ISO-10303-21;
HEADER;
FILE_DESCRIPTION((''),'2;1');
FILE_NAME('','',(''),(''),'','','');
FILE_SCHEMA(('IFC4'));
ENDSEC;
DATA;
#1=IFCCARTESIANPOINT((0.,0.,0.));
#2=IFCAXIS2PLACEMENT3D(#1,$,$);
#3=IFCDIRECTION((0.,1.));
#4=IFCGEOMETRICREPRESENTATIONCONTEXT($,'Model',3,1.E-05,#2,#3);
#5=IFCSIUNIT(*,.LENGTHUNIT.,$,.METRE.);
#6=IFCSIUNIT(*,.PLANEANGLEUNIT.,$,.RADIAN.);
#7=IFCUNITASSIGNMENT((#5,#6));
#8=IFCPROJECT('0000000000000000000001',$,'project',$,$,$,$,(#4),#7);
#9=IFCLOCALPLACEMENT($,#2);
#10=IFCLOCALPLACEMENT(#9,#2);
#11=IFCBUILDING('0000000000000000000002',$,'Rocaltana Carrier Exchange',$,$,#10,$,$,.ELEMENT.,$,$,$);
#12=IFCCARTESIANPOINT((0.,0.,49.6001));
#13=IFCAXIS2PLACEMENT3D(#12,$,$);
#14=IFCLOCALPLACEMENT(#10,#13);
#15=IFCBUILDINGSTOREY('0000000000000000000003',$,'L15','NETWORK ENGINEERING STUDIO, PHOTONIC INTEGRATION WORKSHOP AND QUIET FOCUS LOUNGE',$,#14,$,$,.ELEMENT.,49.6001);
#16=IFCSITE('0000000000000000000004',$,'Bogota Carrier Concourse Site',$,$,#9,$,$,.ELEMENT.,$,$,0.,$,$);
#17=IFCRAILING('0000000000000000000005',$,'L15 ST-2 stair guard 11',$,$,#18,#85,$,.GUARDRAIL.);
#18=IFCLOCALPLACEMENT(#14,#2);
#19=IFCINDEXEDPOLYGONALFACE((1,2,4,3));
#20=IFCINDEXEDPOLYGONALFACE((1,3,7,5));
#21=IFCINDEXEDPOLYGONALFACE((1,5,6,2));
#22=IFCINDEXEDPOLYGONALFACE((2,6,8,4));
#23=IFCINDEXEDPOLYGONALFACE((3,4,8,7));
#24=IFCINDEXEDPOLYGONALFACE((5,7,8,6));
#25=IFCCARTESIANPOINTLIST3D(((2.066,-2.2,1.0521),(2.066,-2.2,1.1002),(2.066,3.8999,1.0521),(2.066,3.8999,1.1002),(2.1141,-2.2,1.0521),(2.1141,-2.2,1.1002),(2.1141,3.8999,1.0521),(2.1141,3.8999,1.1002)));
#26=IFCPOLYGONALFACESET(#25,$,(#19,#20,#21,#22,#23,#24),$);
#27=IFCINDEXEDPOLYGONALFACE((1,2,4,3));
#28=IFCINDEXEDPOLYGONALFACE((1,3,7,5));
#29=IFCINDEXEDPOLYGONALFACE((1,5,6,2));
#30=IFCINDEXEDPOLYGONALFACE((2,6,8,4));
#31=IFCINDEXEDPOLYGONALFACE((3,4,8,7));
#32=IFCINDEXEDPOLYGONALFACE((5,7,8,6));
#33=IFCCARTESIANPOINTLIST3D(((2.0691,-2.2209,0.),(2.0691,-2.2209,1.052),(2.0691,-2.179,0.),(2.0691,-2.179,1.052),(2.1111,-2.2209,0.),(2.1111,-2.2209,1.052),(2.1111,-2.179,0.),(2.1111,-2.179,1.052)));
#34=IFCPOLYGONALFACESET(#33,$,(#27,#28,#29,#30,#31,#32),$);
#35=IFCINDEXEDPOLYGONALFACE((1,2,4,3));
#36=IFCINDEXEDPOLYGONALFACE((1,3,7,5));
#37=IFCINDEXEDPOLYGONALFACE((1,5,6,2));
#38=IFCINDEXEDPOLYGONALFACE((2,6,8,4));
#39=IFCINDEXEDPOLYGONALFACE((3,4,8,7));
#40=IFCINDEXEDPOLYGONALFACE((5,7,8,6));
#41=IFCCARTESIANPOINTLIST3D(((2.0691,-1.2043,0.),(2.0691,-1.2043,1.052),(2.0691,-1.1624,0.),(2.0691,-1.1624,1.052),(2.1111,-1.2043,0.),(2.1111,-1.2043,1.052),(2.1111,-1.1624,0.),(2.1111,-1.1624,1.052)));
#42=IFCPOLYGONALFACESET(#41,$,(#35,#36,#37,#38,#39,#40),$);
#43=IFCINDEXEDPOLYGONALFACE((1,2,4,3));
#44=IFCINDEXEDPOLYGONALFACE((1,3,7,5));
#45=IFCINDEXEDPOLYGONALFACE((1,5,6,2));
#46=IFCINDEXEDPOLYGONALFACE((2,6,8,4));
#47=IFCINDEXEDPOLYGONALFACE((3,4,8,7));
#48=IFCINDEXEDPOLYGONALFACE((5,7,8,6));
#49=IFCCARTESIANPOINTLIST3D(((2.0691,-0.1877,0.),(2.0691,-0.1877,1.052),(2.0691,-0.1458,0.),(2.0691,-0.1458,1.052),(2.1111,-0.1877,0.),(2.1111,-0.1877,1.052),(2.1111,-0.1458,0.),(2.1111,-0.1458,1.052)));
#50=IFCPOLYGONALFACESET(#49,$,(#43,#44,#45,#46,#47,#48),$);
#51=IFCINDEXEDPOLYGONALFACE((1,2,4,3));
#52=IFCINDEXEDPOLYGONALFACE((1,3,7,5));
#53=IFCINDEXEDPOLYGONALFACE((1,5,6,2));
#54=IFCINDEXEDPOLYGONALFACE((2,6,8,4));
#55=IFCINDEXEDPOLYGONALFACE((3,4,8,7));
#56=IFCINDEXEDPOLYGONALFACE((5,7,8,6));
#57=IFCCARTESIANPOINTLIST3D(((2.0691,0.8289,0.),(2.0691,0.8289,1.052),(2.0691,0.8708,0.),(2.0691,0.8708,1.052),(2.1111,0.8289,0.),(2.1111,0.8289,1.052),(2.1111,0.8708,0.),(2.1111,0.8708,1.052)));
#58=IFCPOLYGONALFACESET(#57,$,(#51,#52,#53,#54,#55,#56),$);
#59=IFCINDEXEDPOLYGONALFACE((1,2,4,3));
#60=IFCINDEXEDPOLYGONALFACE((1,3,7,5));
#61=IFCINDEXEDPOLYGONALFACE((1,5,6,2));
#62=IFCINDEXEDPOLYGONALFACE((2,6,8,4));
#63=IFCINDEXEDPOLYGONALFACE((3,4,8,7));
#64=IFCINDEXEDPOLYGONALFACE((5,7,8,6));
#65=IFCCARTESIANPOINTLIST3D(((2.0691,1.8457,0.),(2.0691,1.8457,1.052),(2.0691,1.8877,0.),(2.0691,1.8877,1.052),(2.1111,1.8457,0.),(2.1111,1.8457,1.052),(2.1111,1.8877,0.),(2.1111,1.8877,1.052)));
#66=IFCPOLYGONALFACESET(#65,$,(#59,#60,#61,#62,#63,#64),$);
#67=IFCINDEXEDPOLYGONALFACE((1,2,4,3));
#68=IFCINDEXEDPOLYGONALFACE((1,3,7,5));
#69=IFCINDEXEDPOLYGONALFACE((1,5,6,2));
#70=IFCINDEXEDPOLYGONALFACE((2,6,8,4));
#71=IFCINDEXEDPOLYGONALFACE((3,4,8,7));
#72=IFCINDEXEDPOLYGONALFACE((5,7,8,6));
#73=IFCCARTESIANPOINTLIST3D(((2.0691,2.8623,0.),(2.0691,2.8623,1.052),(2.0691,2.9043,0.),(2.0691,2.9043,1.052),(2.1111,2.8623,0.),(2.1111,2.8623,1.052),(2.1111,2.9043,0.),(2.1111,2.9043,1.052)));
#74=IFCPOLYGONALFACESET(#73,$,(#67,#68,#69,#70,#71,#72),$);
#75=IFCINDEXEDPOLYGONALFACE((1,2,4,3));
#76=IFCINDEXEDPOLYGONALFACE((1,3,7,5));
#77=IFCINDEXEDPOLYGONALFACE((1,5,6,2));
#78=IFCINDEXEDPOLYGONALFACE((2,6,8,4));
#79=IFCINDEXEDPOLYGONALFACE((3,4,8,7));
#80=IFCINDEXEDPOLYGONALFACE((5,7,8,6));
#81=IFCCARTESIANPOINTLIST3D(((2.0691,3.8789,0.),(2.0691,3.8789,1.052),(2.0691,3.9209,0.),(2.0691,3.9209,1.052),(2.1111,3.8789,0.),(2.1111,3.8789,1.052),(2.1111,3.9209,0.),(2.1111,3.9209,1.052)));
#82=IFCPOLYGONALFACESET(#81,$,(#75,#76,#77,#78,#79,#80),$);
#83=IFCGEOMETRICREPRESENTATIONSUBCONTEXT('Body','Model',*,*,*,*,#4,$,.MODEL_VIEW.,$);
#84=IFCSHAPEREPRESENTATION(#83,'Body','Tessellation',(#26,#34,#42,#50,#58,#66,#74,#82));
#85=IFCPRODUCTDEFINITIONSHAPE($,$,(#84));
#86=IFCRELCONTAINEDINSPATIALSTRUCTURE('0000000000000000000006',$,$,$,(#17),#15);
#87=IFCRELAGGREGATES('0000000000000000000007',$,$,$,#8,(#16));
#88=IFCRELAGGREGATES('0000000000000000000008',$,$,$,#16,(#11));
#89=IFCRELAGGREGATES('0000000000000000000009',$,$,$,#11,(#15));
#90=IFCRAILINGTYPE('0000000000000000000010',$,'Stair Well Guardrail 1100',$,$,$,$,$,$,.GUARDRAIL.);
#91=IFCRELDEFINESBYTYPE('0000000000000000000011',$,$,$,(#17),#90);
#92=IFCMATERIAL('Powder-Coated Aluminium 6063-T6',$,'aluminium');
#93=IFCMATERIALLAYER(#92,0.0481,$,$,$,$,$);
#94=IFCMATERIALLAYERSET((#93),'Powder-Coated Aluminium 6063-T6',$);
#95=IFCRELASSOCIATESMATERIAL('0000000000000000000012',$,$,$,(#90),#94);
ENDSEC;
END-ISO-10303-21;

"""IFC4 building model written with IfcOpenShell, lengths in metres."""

from ifc_helpers import new_model, si_unit, direction, frame, origin, origin_2d, place, context, subcontext, project, spatial, rectangle, extrude, material, layer, layer_set, type_object, element, save


model = new_model("IFC4")

# Units and contexts
model_context = context("Model", 3, precision=1e-05, world=origin(), true_north=direction((0.0, 1.0)))
body_context = subcontext(model_context, "Body", "Model", "MODEL_VIEW")
ifc_project = project(units=[si_unit("LENGTHUNIT", "METRE"), si_unit("PLANEANGLEUNIT", "RADIAN")], contexts=[model_context])

# Site, building, storey
site_placement = place(None, origin())
site = spatial("IfcSite", under=ifc_project, at=site_placement, Name="Bogota Carrier Concourse Site", CompositionType="ELEMENT", RefElevation=0.0)
building_placement = place(site_placement, origin())
building = spatial("IfcBuilding", under=site, at=building_placement, Name="Rocaltana Carrier Exchange", CompositionType="ELEMENT")
storey_placement = place(building_placement, frame((0.0, 0.0, 49.6001)))
storey = spatial("IfcBuildingStorey", under=building, at=storey_placement, Name="L15", Description="NETWORK ENGINEERING STUDIO, PHOTONIC INTEGRATION WORKSHOP AND QUIET FOCUS LOUNGE", CompositionType="ELEMENT", Elevation=49.6001)

# Railing
ifc_material_1 = material(Name="Powder-Coated Aluminium 6063-T6", Category="aluminium")
ifc_layer_1 = layer(ifc_material_1, 0.0481)
ifc_layer_set_1 = layer_set([ifc_layer_1], Name="Powder-Coated Aluminium 6063-T6")
railing_type_1 = type_object("IfcRailingType", Name="Stair Well Guardrail 1100", PredefinedType="GUARDRAIL", material=ifc_layer_set_1)
for number, where, name in (
    (1, (2.0901, -2.2, 0.0), "L15 ST-2 stair guard 11"),
):
    element("IfcRailing", number, at=place(storey_placement, frame(where)), inside=storey, type_object=railing_type_1, Name=name, PredefinedType="GUARDRAIL", context=body_context, shape_type="SweptSolid", body=[
        extrude(rectangle(XDim=0.0481, YDim=0.0481, at=origin_2d()), frame((0.0, 0.0, 1.0762), z_axis=(0.0, 1.0, 0.0), x_axis=(-1.0, 0.0, 0.0)), (0.0, 0.0, 1.0), 6.0999),
        extrude(rectangle(XDim=0.042, YDim=0.042, at=origin_2d()), origin(), (0.0, 0.0, 1.0), 1.052),
        extrude(rectangle(XDim=0.042, YDim=0.042, at=origin_2d()), frame((0.0, 1.0166, 0.0)), (0.0, 0.0, 1.0), 1.052),
        extrude(rectangle(XDim=0.042, YDim=0.042, at=origin_2d()), frame((0.0, 2.0332, 0.0)), (0.0, 0.0, 1.0), 1.052),
        extrude(rectangle(XDim=0.042, YDim=0.042, at=origin_2d()), frame((0.0, 3.0498, 0.0)), (0.0, 0.0, 1.0), 1.052),
        extrude(rectangle(XDim=0.042, YDim=0.042, at=origin_2d()), frame((0.0, 4.0667, 0.0)), (0.0, 0.0, 1.0), 1.052),
        extrude(rectangle(XDim=0.042, YDim=0.042, at=origin_2d()), frame((0.0, 5.0833, 0.0)), (0.0, 0.0, 1.0), 1.052),
        extrude(rectangle(XDim=0.042, YDim=0.042, at=origin_2d()), frame((0.0, 6.0999, 0.0)), (0.0, 0.0, 1.0), 1.052),
    ])

save(model, "model.ifc")
